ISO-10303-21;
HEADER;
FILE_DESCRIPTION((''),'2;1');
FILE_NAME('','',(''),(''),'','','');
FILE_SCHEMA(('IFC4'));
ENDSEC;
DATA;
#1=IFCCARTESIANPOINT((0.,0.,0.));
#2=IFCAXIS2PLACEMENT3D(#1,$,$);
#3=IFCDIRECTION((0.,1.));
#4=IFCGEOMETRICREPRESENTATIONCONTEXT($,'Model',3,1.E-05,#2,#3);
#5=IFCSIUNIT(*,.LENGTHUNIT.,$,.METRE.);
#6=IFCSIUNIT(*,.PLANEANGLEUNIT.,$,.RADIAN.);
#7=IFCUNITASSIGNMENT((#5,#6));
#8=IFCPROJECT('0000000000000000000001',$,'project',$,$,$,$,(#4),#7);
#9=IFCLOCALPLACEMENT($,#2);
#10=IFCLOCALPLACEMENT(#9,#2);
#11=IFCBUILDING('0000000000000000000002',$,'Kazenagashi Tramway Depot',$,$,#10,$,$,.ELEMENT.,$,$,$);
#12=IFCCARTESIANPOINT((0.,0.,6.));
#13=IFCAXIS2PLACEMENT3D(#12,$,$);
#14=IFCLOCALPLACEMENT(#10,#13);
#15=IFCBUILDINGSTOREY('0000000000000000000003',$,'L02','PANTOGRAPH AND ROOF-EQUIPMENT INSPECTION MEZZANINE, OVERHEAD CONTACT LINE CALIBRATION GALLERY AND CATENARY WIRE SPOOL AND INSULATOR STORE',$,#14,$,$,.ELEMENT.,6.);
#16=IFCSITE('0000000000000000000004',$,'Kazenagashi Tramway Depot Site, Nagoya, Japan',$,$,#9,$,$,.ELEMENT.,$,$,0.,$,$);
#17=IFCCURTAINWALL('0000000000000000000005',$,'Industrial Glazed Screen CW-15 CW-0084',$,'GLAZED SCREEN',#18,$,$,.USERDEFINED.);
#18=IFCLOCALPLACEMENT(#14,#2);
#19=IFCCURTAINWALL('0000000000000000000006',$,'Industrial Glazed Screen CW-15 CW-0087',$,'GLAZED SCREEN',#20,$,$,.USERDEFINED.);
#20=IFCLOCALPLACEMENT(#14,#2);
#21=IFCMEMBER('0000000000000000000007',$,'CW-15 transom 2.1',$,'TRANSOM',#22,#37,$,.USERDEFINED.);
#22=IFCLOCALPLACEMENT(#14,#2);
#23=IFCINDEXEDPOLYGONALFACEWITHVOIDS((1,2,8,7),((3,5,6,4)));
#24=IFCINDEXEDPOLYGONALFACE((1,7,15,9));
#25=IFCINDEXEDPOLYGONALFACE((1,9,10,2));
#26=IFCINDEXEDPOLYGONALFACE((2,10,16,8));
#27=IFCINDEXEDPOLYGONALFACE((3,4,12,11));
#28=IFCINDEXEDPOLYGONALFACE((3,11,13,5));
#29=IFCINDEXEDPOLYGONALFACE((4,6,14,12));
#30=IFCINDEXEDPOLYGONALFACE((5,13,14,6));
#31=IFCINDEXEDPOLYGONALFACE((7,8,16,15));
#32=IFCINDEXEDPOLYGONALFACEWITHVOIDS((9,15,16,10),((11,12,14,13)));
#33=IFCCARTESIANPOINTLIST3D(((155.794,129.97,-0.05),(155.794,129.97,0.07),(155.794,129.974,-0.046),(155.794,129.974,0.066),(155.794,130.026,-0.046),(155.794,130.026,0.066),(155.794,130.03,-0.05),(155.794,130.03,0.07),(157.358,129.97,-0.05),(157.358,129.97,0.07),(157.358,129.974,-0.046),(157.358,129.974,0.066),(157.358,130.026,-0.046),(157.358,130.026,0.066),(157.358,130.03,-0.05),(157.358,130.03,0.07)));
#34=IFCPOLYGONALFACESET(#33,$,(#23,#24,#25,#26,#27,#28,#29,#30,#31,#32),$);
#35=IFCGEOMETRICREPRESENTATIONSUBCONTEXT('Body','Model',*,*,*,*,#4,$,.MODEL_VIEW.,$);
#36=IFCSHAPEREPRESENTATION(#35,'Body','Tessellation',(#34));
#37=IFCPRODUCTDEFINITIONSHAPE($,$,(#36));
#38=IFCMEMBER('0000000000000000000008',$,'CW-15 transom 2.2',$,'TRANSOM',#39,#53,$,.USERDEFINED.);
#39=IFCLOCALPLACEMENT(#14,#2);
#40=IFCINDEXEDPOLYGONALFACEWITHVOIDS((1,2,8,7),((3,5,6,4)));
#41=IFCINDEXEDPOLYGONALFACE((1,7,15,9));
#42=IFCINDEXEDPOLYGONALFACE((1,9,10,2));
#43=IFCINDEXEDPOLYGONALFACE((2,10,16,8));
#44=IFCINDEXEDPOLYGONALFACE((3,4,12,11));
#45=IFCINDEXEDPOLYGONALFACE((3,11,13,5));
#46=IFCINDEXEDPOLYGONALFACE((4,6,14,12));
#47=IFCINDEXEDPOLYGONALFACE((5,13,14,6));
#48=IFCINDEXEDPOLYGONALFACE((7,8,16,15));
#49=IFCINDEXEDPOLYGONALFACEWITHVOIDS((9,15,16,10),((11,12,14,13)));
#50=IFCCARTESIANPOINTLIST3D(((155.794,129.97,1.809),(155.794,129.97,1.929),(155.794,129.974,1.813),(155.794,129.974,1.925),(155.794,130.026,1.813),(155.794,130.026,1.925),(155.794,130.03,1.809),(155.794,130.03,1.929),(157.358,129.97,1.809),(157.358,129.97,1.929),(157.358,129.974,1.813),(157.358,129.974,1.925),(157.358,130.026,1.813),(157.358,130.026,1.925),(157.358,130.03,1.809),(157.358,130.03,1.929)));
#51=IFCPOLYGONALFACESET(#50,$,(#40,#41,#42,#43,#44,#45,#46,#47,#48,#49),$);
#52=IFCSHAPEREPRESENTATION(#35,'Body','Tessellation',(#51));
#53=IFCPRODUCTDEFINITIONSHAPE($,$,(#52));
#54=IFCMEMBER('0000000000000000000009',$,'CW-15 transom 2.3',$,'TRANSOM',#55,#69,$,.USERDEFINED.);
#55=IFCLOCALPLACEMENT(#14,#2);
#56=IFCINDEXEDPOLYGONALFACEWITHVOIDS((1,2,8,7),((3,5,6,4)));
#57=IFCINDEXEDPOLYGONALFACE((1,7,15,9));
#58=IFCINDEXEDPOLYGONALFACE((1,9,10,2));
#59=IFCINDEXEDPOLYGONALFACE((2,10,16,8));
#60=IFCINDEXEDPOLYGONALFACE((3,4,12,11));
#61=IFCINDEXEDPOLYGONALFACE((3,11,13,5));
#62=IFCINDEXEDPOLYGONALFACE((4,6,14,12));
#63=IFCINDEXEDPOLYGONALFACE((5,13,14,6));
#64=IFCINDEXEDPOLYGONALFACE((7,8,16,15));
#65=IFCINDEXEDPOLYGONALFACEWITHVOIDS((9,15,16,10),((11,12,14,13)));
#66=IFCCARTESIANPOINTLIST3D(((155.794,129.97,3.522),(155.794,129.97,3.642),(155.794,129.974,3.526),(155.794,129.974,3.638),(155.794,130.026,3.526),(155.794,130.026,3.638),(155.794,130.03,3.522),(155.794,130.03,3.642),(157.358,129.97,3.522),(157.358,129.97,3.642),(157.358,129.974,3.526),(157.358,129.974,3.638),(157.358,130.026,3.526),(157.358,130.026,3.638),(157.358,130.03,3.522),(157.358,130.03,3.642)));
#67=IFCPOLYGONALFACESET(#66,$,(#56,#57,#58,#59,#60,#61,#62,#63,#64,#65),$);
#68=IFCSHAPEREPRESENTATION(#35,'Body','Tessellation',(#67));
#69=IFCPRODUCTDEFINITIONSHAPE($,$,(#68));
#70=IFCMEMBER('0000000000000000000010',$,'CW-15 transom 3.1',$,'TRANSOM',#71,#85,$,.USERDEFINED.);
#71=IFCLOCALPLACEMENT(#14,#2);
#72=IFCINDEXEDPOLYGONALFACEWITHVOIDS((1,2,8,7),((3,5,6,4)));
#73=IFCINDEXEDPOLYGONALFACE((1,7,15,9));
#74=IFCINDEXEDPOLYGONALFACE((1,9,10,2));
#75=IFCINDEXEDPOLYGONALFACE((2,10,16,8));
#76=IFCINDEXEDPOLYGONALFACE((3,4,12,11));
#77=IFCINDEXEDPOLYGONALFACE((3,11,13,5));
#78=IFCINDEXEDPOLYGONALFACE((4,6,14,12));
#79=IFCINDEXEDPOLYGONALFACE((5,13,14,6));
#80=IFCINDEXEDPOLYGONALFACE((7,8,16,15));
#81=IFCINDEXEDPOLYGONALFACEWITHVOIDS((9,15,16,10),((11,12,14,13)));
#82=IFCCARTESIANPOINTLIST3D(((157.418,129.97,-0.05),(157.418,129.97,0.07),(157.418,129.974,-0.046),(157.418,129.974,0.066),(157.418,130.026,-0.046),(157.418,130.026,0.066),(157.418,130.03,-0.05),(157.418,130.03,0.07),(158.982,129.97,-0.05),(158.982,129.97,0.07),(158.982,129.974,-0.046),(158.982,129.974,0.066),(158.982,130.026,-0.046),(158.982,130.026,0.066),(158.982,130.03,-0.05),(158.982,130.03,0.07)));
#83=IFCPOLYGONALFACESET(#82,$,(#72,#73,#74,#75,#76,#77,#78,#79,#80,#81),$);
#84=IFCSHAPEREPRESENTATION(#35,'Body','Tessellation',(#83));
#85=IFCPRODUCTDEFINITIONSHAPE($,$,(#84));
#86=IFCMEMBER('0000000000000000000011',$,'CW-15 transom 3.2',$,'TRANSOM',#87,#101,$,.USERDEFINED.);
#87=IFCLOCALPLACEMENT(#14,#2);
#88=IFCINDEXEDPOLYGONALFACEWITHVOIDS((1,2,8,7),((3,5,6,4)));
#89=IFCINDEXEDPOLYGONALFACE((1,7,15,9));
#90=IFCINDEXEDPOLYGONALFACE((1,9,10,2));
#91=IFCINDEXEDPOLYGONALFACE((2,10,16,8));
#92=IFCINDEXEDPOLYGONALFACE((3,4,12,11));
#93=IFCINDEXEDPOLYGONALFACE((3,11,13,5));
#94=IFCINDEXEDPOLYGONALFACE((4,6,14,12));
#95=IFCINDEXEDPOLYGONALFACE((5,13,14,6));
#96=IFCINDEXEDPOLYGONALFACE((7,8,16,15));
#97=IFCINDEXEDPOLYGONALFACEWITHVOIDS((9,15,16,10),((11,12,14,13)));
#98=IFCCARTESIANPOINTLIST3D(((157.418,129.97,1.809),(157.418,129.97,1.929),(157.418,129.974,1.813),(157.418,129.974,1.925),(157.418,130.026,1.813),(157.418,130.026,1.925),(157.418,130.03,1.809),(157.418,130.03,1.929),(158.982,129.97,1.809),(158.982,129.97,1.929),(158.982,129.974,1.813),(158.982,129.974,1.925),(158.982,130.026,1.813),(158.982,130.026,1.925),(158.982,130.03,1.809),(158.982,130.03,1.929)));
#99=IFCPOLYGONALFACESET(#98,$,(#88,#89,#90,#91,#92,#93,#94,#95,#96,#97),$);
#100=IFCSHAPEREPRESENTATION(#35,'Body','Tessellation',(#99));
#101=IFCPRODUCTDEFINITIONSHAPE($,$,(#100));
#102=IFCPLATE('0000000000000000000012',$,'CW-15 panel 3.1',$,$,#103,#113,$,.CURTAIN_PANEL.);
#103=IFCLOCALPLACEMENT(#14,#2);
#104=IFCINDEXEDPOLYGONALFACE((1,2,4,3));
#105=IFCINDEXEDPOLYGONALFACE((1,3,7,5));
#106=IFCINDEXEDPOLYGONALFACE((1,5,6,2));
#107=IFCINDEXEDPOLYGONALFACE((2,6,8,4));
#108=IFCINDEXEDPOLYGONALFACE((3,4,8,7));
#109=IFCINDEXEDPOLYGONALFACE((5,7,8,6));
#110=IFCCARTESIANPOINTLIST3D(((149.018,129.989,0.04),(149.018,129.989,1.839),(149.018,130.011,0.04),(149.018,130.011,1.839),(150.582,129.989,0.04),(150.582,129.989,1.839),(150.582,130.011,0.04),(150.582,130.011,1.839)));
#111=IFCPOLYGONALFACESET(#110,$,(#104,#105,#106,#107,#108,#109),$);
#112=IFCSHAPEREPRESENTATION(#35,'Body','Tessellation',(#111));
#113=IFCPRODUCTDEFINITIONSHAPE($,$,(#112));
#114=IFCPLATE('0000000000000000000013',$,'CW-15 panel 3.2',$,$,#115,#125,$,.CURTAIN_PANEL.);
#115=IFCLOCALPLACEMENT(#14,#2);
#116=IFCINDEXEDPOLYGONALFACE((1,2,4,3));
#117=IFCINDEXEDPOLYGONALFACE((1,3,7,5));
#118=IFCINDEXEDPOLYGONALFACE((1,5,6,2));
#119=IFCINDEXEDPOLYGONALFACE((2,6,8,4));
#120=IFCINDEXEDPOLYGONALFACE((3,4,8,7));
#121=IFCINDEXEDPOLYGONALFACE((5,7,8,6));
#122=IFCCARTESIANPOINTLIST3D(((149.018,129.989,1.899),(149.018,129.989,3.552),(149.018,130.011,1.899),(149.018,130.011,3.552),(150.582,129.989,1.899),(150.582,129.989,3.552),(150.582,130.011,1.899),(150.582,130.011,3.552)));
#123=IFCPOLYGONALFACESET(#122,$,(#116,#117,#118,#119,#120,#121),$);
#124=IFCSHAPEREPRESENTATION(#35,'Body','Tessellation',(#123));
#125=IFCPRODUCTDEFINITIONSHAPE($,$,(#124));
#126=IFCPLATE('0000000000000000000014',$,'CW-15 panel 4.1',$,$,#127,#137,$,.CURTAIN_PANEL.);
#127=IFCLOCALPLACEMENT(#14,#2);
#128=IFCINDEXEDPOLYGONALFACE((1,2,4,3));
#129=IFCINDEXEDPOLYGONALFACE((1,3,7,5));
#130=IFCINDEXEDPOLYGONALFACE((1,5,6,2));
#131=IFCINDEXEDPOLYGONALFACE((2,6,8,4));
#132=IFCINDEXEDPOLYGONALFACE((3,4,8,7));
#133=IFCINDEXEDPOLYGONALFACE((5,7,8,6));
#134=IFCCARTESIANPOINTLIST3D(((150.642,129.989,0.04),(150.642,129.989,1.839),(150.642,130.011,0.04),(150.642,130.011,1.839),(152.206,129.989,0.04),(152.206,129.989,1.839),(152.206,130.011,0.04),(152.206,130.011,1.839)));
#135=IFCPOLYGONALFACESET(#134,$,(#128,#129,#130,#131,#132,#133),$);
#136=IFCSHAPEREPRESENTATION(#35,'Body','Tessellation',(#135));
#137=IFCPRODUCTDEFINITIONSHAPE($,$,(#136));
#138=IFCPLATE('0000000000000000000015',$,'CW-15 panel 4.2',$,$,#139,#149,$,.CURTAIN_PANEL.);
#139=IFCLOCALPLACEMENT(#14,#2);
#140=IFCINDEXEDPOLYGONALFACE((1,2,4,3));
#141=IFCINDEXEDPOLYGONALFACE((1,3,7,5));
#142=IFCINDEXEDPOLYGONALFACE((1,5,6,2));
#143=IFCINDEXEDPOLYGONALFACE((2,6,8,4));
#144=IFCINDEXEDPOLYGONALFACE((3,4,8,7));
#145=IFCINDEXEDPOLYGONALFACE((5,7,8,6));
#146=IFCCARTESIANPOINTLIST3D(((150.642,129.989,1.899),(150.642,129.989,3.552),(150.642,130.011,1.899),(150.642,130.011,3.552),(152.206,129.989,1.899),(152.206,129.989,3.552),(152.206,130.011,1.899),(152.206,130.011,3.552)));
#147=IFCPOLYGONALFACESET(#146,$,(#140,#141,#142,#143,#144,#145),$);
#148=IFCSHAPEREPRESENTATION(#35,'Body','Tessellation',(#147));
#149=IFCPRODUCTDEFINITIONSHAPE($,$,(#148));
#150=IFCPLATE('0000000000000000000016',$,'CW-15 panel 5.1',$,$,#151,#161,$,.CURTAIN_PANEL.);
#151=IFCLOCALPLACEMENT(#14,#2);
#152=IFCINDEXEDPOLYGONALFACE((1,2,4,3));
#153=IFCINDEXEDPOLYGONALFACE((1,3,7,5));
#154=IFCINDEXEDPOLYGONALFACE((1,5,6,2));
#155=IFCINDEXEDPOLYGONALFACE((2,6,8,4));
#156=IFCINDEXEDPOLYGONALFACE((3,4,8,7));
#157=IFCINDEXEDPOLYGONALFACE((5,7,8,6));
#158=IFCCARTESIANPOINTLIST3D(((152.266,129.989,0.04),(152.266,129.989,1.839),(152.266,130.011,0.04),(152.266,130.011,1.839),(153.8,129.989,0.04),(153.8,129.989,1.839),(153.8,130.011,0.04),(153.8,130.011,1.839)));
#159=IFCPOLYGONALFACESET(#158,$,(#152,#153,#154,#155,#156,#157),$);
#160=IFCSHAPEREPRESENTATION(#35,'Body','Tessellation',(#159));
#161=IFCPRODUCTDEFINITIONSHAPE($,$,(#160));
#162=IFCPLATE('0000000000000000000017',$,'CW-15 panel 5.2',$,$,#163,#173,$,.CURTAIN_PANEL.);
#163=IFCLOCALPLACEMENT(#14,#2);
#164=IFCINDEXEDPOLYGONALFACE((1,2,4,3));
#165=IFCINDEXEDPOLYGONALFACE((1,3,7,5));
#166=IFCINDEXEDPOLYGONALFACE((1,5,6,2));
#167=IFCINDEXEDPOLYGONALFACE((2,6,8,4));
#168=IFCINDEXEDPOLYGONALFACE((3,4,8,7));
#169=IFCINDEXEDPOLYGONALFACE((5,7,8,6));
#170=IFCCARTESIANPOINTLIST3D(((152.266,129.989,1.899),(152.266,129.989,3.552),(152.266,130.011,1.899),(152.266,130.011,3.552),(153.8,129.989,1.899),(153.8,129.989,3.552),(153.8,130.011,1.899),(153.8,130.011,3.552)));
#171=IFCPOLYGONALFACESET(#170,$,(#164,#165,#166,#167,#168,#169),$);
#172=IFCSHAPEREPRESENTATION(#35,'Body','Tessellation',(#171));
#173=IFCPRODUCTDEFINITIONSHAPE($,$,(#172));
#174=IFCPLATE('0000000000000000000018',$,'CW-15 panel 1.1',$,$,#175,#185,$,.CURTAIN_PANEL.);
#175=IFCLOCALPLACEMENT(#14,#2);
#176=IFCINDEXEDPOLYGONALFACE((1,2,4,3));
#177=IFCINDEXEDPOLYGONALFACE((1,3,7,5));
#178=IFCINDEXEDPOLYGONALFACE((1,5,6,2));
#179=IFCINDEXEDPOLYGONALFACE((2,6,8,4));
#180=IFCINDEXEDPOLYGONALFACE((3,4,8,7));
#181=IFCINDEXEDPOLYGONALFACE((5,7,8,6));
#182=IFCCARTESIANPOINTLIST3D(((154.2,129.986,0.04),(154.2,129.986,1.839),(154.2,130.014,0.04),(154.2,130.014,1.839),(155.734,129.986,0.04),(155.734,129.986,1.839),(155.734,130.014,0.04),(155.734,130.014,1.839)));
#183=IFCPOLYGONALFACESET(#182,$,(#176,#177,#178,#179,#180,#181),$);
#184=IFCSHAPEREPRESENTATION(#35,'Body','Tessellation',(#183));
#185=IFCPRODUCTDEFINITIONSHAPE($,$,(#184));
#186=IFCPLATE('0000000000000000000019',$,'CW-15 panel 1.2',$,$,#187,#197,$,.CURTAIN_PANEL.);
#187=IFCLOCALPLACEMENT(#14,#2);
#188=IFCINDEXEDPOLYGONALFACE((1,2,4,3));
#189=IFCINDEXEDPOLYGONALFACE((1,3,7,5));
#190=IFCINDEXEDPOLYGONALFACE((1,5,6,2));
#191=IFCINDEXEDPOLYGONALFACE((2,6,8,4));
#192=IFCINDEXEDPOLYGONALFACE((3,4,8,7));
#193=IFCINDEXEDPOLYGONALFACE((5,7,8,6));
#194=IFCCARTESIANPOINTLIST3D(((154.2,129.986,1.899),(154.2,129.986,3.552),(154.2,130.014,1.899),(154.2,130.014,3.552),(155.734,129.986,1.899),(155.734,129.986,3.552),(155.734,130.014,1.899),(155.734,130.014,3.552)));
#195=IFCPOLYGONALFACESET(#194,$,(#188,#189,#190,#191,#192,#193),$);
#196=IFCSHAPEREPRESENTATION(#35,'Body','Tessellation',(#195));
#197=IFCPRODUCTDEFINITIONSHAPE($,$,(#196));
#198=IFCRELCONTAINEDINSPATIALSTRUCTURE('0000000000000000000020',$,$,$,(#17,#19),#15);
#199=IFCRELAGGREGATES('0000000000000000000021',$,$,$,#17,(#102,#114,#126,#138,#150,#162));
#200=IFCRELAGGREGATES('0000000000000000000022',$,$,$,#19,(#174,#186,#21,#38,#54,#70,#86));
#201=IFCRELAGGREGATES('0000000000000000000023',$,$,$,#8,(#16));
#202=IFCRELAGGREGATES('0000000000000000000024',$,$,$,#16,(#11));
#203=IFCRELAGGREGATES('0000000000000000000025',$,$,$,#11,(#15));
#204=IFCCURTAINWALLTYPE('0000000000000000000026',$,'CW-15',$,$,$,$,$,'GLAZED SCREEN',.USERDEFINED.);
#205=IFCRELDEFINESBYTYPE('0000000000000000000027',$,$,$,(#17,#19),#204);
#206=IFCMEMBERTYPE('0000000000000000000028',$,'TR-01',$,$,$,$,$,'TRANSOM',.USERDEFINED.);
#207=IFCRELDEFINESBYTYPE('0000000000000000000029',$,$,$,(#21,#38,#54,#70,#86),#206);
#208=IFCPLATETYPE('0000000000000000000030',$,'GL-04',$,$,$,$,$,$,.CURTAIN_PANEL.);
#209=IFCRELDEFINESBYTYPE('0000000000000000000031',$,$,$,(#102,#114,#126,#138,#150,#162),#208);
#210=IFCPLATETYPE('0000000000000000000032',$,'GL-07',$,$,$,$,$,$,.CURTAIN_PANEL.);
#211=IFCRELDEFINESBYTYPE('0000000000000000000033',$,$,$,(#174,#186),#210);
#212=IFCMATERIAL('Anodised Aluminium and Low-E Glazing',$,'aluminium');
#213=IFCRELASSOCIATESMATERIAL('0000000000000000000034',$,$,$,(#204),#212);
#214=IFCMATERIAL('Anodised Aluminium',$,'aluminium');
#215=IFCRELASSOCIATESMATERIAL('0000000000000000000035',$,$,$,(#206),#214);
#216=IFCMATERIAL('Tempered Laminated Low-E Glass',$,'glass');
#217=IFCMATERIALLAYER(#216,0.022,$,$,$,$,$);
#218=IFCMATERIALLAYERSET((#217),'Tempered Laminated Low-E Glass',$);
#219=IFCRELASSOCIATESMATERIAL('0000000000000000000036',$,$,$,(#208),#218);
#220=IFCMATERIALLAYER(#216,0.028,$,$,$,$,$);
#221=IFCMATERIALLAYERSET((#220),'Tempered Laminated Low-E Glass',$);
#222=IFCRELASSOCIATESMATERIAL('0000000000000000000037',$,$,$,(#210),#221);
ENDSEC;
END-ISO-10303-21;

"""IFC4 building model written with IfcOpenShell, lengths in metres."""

from ifc_helpers import new_model, si_unit, direction, frame, origin, origin_2d, place, context, subcontext, project, spatial, rectangle, hollow_rectangle, extrude, material, layer, layer_set, material_profile, profile_set, type_object, element, aggregate, save


model = new_model("IFC4")

# Units and contexts
model_context = context("Model", 3, precision=1e-05, world=origin(), true_north=direction((0.0, 1.0)))
body_context = subcontext(model_context, "Body", "Model", "MODEL_VIEW")
ifc_project = project(units=[si_unit("LENGTHUNIT", "METRE"), si_unit("PLANEANGLEUNIT", "RADIAN")], contexts=[model_context])

# Site, building, storey
site_placement = place(None, origin())
site = spatial("IfcSite", under=ifc_project, at=site_placement, Name="Kazenagashi Tramway Depot Site, Nagoya, Japan", CompositionType="ELEMENT", RefElevation=0.0)
building_placement = place(site_placement, origin())
building = spatial("IfcBuilding", under=site, at=building_placement, Name="Kazenagashi Tramway Depot", CompositionType="ELEMENT")
storey_placement = place(building_placement, frame((0.0, 0.0, 6.0)))
storey = spatial("IfcBuildingStorey", under=building, at=storey_placement, Name="L02", Description="PANTOGRAPH AND ROOF-EQUIPMENT INSPECTION MEZZANINE, OVERHEAD CONTACT LINE CALIBRATION GALLERY AND CATENARY WIRE SPOOL AND INSULATOR STORE", CompositionType="ELEMENT", Elevation=6.0)

# Curtain walls
ifc_material_1 = material(Name="Anodised Aluminium and Low-E Glazing", Category="aluminium")
curtain_wall_type = type_object("IfcCurtainWallType", Name="CW-15", ElementType="GLAZED SCREEN", PredefinedType="USERDEFINED", material=ifc_material_1)
curtain_wall_1_placement = place(storey_placement, origin())
curtain_wall_1 = element("IfcCurtainWall", 1, at=curtain_wall_1_placement, inside=storey, type_object=curtain_wall_type, Name="Industrial Glazed Screen CW-15 CW-0084", ObjectType="GLAZED SCREEN", PredefinedType="USERDEFINED")
ifc_material_2 = material(Name="Anodised Aluminium", Category="aluminium")
curtain_wall_2_placement = place(storey_placement, origin())
curtain_wall_2 = element("IfcCurtainWall", 2, at=curtain_wall_2_placement, inside=storey, type_object=curtain_wall_type, Name="Industrial Glazed Screen CW-15 CW-0087", ObjectType="GLAZED SCREEN", PredefinedType="USERDEFINED")

# Members
ifc_material_profile_1 = material_profile(ifc_material_2, hollow_rectangle(XDim=0.06, YDim=0.12, WallThickness=0.004, at=origin_2d()), Name="RHS-120x60x4")
ifc_profile_set_1 = profile_set([ifc_material_profile_1], Name="Anodised Aluminium")
member_type_1 = type_object("IfcMemberType", Name="TR-01", ElementType="TRANSOM", PredefinedType="USERDEFINED", material=ifc_profile_set_1)
member_1_placement = place(storey_placement, frame((155.794, 130.0, 0.01), z_axis=(1.0, 0.0, 0.0), x_axis=(0.0, 1.0, 0.0)))
member_1 = element("IfcMember", 3, at=member_1_placement, type_object=member_type_1, Name="CW-15 transom 2.1", ObjectType="TRANSOM", PredefinedType="USERDEFINED", context=body_context, shape_type="SweptSolid", body=[
    extrude(hollow_rectangle(XDim=0.06, YDim=0.12, WallThickness=0.004, at=origin_2d()), origin(), (0.0, 0.0, 1.0), 1.564),
])
member_2_placement = place(storey_placement, frame((155.794, 130.0, 1.869), z_axis=(1.0, 0.0, 0.0), x_axis=(0.0, 1.0, 0.0)))
member_2 = element("IfcMember", 4, at=member_2_placement, type_object=member_type_1, Name="CW-15 transom 2.2", ObjectType="TRANSOM", PredefinedType="USERDEFINED", context=body_context, shape_type="SweptSolid", body=[
    extrude(hollow_rectangle(XDim=0.06, YDim=0.12, WallThickness=0.004, at=origin_2d()), origin(), (0.0, 0.0, 1.0), 1.564),
])
member_3_placement = place(storey_placement, frame((155.794, 130.0, 3.582), z_axis=(1.0, 0.0, 0.0), x_axis=(0.0, 1.0, 0.0)))
member_3 = element("IfcMember", 5, at=member_3_placement, type_object=member_type_1, Name="CW-15 transom 2.3", ObjectType="TRANSOM", PredefinedType="USERDEFINED", context=body_context, shape_type="SweptSolid", body=[
    extrude(hollow_rectangle(XDim=0.06, YDim=0.12, WallThickness=0.004, at=origin_2d()), origin(), (0.0, 0.0, 1.0), 1.564),
])
member_4_placement = place(storey_placement, frame((157.418, 130.0, 0.01), z_axis=(1.0, 0.0, 0.0), x_axis=(0.0, 1.0, 0.0)))
member_4 = element("IfcMember", 6, at=member_4_placement, type_object=member_type_1, Name="CW-15 transom 3.1", ObjectType="TRANSOM", PredefinedType="USERDEFINED", context=body_context, shape_type="SweptSolid", body=[
    extrude(hollow_rectangle(XDim=0.06, YDim=0.12, WallThickness=0.004, at=origin_2d()), origin(), (0.0, 0.0, 1.0), 1.564),
])
member_5_placement = place(storey_placement, frame((157.418, 130.0, 1.869), z_axis=(1.0, 0.0, 0.0), x_axis=(0.0, 1.0, 0.0)))
member_5 = element("IfcMember", 7, at=member_5_placement, type_object=member_type_1, Name="CW-15 transom 3.2", ObjectType="TRANSOM", PredefinedType="USERDEFINED", context=body_context, shape_type="SweptSolid", body=[
    extrude(hollow_rectangle(XDim=0.06, YDim=0.12, WallThickness=0.004, at=origin_2d()), origin(), (0.0, 0.0, 1.0), 1.564),
])

# Plates
ifc_material_3 = material(Name="Tempered Laminated Low-E Glass", Category="glass")
ifc_layer_1 = layer(ifc_material_3, 0.022)
ifc_layer_set_1 = layer_set([ifc_layer_1], Name="Tempered Laminated Low-E Glass")
plate_type_1 = type_object("IfcPlateType", Name="GL-04", PredefinedType="CURTAIN_PANEL", material=ifc_layer_set_1)
plate_1_placement = place(storey_placement, frame((149.8, 130.0, 0.04), z_axis=(0.0, 0.0, 1.0), x_axis=(1.0, 0.0, 0.0)))
plate_1 = element("IfcPlate", 8, at=plate_1_placement, type_object=plate_type_1, Name="CW-15 panel 3.1", PredefinedType="CURTAIN_PANEL", context=body_context, shape_type="SweptSolid", body=[
    extrude(rectangle(XDim=1.564, YDim=0.022, at=origin_2d()), origin(), (0.0, 0.0, 1.0), 1.799),
])
plate_2_placement = place(storey_placement, frame((149.8, 130.0, 1.899), z_axis=(0.0, 0.0, 1.0), x_axis=(1.0, 0.0, 0.0)))
plate_2 = element("IfcPlate", 9, at=plate_2_placement, type_object=plate_type_1, Name="CW-15 panel 3.2", PredefinedType="CURTAIN_PANEL", context=body_context, shape_type="SweptSolid", body=[
    extrude(rectangle(XDim=1.564, YDim=0.022, at=origin_2d()), origin(), (0.0, 0.0, 1.0), 1.653),
])
plate_3_placement = place(storey_placement, frame((151.424, 130.0, 0.04), z_axis=(0.0, 0.0, 1.0), x_axis=(1.0, 0.0, 0.0)))
plate_3 = element("IfcPlate", 10, at=plate_3_placement, type_object=plate_type_1, Name="CW-15 panel 4.1", PredefinedType="CURTAIN_PANEL", context=body_context, shape_type="SweptSolid", body=[
    extrude(rectangle(XDim=1.564, YDim=0.022, at=origin_2d()), origin(), (0.0, 0.0, 1.0), 1.799),
])
plate_4_placement = place(storey_placement, frame((151.424, 130.0, 1.899), z_axis=(0.0, 0.0, 1.0), x_axis=(1.0, 0.0, 0.0)))
plate_4 = element("IfcPlate", 11, at=plate_4_placement, type_object=plate_type_1, Name="CW-15 panel 4.2", PredefinedType="CURTAIN_PANEL", context=body_context, shape_type="SweptSolid", body=[
    extrude(rectangle(XDim=1.564, YDim=0.022, at=origin_2d()), origin(), (0.0, 0.0, 1.0), 1.653),
])
plate_5_placement = place(storey_placement, frame((153.033, 130.0, 0.04), z_axis=(0.0, 0.0, 1.0), x_axis=(1.0, 0.0, 0.0)))
plate_5 = element("IfcPlate", 12, at=plate_5_placement, type_object=plate_type_1, Name="CW-15 panel 5.1", PredefinedType="CURTAIN_PANEL", context=body_context, shape_type="SweptSolid", body=[
    extrude(rectangle(XDim=1.534, YDim=0.022, at=origin_2d()), origin(), (0.0, 0.0, 1.0), 1.799),
])
plate_6_placement = place(storey_placement, frame((153.033, 130.0, 1.899), z_axis=(0.0, 0.0, 1.0), x_axis=(1.0, 0.0, 0.0)))
plate_6 = element("IfcPlate", 13, at=plate_6_placement, type_object=plate_type_1, Name="CW-15 panel 5.2", PredefinedType="CURTAIN_PANEL", context=body_context, shape_type="SweptSolid", body=[
    extrude(rectangle(XDim=1.534, YDim=0.022, at=origin_2d()), origin(), (0.0, 0.0, 1.0), 1.653),
])
aggregate(curtain_wall_1, [plate_1, plate_2, plate_3, plate_4, plate_5, plate_6])
ifc_layer_2 = layer(ifc_material_3, 0.028)
ifc_layer_set_2 = layer_set([ifc_layer_2], Name="Tempered Laminated Low-E Glass")
plate_type_2 = type_object("IfcPlateType", Name="GL-07", PredefinedType="CURTAIN_PANEL", material=ifc_layer_set_2)
plate_7_placement = place(storey_placement, frame((154.967, 130.0, 0.04), z_axis=(0.0, 0.0, 1.0), x_axis=(1.0, 0.0, 0.0)))
plate_7 = element("IfcPlate", 14, at=plate_7_placement, type_object=plate_type_2, Name="CW-15 panel 1.1", PredefinedType="CURTAIN_PANEL", context=body_context, shape_type="SweptSolid", body=[
    extrude(rectangle(XDim=1.534, YDim=0.028, at=origin_2d()), origin(), (0.0, 0.0, 1.0), 1.799),
])
plate_8_placement = place(storey_placement, frame((154.967, 130.0, 1.899), z_axis=(0.0, 0.0, 1.0), x_axis=(1.0, 0.0, 0.0)))
plate_8 = element("IfcPlate", 15, at=plate_8_placement, type_object=plate_type_2, Name="CW-15 panel 1.2", PredefinedType="CURTAIN_PANEL", context=body_context, shape_type="SweptSolid", body=[
    extrude(rectangle(XDim=1.534, YDim=0.028, at=origin_2d()), origin(), (0.0, 0.0, 1.0), 1.653),
])
aggregate(curtain_wall_2, [plate_7, plate_8, member_1, member_2, member_3, member_4, member_5])

save(model, "model.ifc")
